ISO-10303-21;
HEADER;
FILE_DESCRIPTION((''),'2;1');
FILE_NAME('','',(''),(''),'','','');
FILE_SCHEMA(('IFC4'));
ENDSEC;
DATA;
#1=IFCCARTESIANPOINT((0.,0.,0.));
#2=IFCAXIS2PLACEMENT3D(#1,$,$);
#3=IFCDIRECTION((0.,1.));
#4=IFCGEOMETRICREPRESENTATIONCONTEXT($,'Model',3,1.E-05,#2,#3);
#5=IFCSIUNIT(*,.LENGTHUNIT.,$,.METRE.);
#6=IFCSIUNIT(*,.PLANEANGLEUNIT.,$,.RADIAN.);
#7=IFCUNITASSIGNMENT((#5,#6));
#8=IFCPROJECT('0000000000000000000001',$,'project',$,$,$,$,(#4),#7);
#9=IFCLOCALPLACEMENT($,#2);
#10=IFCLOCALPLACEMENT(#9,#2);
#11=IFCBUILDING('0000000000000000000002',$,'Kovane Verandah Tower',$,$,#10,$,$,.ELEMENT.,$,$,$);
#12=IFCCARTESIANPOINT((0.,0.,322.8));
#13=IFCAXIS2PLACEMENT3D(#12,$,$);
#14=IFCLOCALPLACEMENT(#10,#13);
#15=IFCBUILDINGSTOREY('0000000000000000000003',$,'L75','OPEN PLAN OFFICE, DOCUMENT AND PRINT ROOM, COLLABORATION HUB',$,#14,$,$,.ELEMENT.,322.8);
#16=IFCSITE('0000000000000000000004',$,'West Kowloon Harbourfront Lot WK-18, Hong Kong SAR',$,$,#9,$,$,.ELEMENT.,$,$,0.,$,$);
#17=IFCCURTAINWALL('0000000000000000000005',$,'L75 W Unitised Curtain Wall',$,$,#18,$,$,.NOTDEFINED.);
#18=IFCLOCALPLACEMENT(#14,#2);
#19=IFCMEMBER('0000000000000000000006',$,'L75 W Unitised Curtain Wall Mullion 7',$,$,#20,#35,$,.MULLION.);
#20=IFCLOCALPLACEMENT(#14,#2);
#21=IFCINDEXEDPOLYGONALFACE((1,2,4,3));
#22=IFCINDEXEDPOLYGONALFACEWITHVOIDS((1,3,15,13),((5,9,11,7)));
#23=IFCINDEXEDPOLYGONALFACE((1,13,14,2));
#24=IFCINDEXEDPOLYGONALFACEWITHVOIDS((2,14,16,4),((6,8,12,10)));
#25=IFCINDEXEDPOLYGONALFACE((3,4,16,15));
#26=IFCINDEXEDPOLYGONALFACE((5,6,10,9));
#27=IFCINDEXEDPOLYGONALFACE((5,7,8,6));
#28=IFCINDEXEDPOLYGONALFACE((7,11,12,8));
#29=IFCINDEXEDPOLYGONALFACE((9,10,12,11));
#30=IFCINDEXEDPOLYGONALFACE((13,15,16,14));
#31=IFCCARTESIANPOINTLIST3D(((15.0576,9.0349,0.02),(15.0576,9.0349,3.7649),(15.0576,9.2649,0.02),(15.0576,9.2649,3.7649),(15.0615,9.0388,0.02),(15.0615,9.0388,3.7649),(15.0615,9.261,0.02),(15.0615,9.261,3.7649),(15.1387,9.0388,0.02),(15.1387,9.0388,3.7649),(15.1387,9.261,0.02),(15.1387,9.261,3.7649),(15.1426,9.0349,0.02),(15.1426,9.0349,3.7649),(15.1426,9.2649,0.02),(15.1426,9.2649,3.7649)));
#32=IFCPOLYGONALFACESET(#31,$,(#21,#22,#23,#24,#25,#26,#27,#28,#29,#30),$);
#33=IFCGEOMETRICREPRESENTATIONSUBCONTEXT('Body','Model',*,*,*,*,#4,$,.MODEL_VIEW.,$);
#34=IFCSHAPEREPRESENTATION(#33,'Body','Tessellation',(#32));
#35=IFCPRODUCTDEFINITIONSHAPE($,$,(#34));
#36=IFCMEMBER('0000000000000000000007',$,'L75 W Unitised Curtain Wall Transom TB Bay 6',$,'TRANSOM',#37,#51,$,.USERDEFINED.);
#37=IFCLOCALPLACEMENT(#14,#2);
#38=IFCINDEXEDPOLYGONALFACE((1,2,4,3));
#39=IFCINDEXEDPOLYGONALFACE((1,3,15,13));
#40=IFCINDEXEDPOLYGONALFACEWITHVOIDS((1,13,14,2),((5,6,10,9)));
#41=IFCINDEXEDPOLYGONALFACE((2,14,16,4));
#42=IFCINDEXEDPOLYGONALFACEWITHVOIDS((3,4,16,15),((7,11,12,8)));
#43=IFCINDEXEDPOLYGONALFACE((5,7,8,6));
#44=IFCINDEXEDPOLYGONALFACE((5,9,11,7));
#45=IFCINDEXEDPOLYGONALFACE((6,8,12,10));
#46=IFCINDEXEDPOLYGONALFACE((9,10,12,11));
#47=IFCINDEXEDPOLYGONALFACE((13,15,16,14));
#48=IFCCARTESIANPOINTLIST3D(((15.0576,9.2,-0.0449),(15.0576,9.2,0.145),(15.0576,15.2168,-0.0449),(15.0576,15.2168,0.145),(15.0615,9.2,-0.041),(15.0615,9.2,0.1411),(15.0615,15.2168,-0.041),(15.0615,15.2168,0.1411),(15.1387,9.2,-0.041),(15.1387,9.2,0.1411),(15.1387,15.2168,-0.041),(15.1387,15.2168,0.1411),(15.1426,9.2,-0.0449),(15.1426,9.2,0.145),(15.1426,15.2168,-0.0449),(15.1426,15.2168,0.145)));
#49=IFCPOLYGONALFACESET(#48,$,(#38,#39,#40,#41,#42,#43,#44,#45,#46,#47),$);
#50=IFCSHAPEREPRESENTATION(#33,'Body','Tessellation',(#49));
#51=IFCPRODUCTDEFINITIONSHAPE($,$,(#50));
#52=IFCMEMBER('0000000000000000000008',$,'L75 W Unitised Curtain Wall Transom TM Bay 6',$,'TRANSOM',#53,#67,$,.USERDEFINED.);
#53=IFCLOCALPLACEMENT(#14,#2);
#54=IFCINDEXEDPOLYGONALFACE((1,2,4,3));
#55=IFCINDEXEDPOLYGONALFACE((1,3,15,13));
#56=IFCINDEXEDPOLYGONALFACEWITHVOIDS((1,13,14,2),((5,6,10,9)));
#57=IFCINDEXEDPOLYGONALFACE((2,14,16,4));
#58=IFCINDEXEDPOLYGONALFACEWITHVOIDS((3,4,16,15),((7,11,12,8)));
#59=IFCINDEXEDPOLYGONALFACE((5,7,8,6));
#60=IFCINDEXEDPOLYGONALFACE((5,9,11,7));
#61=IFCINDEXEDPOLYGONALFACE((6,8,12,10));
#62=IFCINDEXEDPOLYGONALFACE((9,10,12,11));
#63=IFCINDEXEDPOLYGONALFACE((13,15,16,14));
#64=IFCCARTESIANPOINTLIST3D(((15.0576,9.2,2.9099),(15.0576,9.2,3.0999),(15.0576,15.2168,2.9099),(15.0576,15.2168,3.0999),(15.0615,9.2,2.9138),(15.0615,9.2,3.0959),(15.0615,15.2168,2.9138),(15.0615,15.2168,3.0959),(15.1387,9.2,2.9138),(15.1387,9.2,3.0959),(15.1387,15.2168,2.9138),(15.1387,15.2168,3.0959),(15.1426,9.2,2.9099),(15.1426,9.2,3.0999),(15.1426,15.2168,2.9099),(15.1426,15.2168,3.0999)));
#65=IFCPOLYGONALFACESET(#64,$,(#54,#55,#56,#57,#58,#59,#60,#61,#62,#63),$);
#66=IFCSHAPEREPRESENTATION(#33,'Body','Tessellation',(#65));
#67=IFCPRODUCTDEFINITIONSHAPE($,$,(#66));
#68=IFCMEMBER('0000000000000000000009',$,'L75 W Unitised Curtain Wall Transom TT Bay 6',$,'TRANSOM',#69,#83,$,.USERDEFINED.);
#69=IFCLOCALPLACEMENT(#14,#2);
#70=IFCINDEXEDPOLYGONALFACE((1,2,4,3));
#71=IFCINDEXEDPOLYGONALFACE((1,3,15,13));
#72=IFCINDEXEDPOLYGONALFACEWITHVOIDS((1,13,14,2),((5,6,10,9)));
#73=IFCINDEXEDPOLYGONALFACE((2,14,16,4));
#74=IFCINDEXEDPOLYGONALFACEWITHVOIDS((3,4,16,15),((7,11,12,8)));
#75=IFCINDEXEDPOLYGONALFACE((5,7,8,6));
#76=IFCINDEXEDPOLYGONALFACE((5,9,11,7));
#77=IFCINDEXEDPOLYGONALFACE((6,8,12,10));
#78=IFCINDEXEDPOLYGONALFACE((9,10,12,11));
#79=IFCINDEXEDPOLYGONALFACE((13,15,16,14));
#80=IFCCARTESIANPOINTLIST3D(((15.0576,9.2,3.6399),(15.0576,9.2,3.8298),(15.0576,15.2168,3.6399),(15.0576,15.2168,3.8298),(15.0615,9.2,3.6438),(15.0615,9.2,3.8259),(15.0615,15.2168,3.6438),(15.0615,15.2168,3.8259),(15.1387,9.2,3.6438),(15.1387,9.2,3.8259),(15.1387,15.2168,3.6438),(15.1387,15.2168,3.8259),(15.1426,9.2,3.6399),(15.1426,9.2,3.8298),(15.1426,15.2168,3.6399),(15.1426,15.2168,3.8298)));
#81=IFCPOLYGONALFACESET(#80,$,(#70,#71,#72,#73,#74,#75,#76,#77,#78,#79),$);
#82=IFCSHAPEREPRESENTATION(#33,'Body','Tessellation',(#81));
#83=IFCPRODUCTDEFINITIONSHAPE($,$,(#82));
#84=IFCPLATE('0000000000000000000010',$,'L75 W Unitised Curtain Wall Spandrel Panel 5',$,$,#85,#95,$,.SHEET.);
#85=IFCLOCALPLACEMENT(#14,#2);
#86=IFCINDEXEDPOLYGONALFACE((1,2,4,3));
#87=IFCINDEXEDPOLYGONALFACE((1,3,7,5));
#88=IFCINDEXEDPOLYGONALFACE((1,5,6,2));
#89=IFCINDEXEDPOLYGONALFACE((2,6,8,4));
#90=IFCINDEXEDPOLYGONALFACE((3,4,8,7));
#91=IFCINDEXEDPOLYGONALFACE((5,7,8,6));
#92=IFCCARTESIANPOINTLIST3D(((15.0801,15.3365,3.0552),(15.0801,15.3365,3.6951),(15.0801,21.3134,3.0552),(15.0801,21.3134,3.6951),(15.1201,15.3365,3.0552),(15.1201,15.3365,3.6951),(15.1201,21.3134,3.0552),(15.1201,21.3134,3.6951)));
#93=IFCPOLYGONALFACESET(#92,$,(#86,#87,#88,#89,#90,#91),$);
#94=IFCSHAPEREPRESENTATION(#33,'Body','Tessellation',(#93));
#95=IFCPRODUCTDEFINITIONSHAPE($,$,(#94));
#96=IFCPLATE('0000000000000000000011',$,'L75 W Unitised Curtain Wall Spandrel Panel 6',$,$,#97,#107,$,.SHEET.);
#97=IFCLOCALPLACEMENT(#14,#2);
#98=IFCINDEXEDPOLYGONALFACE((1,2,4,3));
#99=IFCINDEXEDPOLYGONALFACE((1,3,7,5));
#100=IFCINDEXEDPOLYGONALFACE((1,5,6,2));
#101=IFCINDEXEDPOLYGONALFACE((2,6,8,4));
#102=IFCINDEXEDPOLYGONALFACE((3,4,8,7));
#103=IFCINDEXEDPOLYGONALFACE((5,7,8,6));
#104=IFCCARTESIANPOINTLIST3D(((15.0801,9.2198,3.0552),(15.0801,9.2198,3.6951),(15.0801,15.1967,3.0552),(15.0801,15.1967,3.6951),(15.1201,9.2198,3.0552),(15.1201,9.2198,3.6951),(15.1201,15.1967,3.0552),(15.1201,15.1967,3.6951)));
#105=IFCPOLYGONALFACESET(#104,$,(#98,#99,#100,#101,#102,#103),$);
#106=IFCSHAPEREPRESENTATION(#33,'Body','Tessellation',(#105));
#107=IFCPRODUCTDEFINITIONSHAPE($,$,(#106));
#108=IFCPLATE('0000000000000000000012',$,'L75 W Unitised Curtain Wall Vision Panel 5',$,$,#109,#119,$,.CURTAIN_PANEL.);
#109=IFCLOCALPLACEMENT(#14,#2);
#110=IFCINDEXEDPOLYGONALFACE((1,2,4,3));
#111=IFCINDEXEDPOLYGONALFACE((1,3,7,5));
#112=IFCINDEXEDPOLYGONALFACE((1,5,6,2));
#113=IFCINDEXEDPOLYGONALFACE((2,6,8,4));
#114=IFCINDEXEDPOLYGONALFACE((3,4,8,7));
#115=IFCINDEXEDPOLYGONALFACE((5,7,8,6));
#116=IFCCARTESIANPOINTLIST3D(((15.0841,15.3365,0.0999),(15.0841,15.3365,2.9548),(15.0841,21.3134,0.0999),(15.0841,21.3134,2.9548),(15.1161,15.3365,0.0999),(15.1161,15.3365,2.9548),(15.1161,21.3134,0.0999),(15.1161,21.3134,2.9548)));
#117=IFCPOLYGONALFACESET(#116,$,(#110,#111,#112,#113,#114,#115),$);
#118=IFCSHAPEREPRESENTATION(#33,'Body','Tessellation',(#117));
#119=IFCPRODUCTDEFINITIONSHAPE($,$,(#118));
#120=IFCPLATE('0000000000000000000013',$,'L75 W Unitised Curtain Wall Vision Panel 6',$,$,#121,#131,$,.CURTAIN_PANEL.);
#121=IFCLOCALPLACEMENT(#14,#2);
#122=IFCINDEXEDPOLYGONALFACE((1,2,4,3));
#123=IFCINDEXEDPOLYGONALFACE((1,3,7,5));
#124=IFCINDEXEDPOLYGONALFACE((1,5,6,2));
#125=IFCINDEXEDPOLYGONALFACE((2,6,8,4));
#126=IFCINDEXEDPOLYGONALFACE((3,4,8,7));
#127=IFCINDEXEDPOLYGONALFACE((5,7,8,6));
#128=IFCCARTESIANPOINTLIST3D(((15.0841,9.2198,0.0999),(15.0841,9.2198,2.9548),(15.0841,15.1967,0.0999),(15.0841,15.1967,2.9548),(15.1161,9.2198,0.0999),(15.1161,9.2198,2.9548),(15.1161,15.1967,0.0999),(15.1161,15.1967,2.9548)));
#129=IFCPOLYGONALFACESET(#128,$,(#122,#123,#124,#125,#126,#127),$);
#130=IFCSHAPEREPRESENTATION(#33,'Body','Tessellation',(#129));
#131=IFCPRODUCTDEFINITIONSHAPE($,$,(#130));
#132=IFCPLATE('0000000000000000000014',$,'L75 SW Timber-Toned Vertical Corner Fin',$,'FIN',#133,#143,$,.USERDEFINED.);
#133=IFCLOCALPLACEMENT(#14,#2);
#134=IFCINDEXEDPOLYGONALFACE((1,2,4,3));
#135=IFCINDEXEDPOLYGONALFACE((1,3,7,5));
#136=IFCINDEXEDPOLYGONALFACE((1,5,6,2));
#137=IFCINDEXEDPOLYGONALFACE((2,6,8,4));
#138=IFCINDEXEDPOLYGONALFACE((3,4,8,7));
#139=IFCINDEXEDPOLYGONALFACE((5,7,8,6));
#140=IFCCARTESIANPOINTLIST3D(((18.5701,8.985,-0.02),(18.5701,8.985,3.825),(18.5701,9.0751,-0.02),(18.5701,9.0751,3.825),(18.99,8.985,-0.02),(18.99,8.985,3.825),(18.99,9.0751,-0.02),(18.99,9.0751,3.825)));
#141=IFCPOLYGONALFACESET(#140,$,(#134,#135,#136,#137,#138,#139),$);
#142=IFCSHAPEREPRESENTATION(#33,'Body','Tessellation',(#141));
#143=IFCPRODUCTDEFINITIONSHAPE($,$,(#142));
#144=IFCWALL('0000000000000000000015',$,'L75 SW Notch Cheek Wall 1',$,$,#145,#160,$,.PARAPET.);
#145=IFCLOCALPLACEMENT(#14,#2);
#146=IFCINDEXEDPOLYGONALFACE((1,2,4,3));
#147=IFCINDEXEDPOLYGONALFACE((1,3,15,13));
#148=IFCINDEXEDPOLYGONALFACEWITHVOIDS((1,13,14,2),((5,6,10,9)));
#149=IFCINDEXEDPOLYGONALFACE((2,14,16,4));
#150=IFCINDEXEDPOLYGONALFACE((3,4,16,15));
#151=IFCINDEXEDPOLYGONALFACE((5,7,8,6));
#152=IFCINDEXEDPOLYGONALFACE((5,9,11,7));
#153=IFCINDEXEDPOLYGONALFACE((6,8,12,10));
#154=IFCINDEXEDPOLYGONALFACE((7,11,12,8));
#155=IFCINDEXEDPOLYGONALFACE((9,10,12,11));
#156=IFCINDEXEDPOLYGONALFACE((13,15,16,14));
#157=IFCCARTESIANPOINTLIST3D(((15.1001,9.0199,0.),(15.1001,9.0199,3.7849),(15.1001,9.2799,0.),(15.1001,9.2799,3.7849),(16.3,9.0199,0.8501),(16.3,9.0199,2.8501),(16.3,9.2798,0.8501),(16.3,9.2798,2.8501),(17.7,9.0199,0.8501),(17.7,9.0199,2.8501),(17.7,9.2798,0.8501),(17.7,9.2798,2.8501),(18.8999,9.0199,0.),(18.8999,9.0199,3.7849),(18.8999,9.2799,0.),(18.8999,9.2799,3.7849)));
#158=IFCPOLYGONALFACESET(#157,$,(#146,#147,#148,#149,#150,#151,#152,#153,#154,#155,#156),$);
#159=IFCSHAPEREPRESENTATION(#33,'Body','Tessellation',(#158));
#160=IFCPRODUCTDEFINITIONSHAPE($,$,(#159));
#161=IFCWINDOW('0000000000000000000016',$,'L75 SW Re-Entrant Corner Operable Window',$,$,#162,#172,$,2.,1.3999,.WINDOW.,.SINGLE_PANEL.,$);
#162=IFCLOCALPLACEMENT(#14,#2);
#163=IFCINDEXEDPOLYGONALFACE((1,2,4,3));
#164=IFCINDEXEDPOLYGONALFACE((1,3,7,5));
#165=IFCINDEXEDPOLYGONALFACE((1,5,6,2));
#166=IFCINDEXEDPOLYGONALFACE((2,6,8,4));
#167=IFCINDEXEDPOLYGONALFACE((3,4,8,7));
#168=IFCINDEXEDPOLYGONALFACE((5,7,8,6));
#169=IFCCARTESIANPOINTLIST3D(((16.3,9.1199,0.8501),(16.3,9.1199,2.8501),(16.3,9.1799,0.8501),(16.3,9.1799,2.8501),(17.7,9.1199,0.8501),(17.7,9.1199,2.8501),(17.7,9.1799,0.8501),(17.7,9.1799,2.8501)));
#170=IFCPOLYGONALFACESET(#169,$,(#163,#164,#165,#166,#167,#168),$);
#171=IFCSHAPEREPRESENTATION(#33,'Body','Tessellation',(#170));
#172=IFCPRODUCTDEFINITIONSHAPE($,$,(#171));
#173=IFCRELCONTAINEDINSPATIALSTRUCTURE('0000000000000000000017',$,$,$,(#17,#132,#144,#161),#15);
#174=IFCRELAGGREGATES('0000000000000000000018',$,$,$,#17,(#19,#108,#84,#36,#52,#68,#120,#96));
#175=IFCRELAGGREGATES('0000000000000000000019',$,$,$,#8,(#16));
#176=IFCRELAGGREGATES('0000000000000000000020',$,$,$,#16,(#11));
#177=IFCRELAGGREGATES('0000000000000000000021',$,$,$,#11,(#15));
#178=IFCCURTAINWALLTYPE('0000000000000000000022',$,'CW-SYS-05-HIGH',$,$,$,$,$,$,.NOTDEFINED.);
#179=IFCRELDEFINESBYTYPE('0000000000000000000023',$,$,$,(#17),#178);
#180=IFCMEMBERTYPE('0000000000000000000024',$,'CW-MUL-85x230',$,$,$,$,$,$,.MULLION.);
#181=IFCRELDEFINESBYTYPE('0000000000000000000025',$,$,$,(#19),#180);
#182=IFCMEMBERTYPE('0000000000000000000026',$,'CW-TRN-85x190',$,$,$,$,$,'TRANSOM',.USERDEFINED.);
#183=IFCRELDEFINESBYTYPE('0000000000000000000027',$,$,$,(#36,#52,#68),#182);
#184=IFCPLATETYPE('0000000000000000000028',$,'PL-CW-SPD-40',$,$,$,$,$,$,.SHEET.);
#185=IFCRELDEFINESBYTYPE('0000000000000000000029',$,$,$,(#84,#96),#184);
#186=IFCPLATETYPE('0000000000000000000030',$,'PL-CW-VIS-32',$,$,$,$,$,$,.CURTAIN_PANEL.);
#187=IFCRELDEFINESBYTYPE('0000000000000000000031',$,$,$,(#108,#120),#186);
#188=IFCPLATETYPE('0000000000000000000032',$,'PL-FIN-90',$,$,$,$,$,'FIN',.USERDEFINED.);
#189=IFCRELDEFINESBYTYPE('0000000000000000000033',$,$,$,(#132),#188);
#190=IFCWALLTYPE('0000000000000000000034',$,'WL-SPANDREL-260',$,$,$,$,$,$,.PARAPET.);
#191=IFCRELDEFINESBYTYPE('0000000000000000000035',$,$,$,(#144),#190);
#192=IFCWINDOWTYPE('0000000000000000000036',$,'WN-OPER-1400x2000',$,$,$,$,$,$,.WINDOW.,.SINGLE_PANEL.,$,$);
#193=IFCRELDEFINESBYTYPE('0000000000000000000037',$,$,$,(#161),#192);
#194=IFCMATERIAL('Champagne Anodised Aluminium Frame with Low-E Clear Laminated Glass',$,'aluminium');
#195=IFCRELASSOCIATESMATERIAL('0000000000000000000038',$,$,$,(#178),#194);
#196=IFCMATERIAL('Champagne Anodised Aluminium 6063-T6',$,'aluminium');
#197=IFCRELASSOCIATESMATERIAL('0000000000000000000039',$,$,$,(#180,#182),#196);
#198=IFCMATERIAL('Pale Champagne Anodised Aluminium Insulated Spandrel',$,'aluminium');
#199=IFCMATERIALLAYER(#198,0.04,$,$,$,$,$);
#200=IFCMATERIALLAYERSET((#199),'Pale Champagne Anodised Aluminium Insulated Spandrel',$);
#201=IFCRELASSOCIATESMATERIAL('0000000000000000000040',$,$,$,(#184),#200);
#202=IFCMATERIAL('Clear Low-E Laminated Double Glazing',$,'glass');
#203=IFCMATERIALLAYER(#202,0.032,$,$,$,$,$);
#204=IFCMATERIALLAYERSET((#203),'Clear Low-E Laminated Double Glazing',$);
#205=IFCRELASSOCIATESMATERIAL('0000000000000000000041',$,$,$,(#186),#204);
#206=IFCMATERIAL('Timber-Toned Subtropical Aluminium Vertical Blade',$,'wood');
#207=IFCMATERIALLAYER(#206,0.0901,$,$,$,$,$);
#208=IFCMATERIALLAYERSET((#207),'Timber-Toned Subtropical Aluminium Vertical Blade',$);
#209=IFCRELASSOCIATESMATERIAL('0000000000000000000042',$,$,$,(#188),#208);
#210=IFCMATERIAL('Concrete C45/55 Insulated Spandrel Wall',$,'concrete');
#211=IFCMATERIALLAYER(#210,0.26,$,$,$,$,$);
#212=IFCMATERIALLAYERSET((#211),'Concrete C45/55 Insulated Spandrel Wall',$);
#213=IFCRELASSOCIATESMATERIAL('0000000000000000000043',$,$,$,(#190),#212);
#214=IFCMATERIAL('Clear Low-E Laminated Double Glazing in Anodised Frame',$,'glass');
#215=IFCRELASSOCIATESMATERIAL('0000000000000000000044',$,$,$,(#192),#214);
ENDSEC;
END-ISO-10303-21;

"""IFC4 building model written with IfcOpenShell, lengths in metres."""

from ifc_helpers import new_model, si_unit, direction, frame, frame_2d, origin, origin_2d, place, context, subcontext, project, spatial, rectangle, hollow_rectangle, extrude, material, layer, layer_set, material_profile, profile_set, type_object, element, fill, aggregate, save


model = new_model("IFC4")

# Units and contexts
model_context = context("Model", 3, precision=1e-05, world=origin(), true_north=direction((0.0, 1.0)))
body_context = subcontext(model_context, "Body", "Model", "MODEL_VIEW")
ifc_project = project(units=[si_unit("LENGTHUNIT", "METRE"), si_unit("PLANEANGLEUNIT", "RADIAN")], contexts=[model_context])

# Site, building, storey
site_placement = place(None, origin())
site = spatial("IfcSite", under=ifc_project, at=site_placement, Name="West Kowloon Harbourfront Lot WK-18, Hong Kong SAR", CompositionType="ELEMENT", RefElevation=0.0)
building_placement = place(site_placement, origin())
building = spatial("IfcBuilding", under=site, at=building_placement, Name="Kovane Verandah Tower", CompositionType="ELEMENT")
storey_placement = place(building_placement, frame((0.0, 0.0, 322.8)))
storey = spatial("IfcBuildingStorey", under=building, at=storey_placement, Name="L75", Description="OPEN PLAN OFFICE, DOCUMENT AND PRINT ROOM, COLLABORATION HUB", CompositionType="ELEMENT", Elevation=322.8)

# Curtain wall, members, plates
ifc_material_1 = material(Name="Champagne Anodised Aluminium Frame with Low-E Clear Laminated Glass", Category="aluminium")
curtain_wall_type = type_object("IfcCurtainWallType", Name="CW-SYS-05-HIGH", PredefinedType="NOTDEFINED", material=ifc_material_1)
curtain_wall_placement = place(storey_placement, origin())
curtain_wall = element("IfcCurtainWall", 1, at=curtain_wall_placement, inside=storey, type_object=curtain_wall_type, Name="L75 W Unitised Curtain Wall", PredefinedType="NOTDEFINED")
ifc_material_2 = material(Name="Champagne Anodised Aluminium 6063-T6", Category="aluminium")
ifc_material_profile_1 = material_profile(ifc_material_2, hollow_rectangle(XDim=0.085, YDim=0.23, WallThickness=0.0039, at=origin_2d()), Name="AL85x230x4")
ifc_profile_set_1 = profile_set([ifc_material_profile_1], Name="Champagne Anodised Aluminium 6063-T6")
member_type_1 = type_object("IfcMemberType", Name="CW-MUL-85x230", PredefinedType="MULLION", material=ifc_profile_set_1)
member_1_placement = place(storey_placement, frame((15.1001, 9.1499, 0.02), z_axis=(0.0, 0.0, 1.0), x_axis=(-1.0, 0.0, 0.0)))
member_1 = element("IfcMember", 2, at=member_1_placement, type_object=member_type_1, Name="L75 W Unitised Curtain Wall Mullion 7", PredefinedType="MULLION", context=body_context, shape_type="SweptSolid", body=[
    extrude(hollow_rectangle(XDim=0.085, YDim=0.23, WallThickness=0.0039, at=origin_2d()), origin(), (0.0, 0.0, 1.0), 3.7449),
])
ifc_material_profile_2 = material_profile(ifc_material_2, hollow_rectangle(XDim=0.085, YDim=0.1899, WallThickness=0.0039, at=origin_2d()), Name="AL85x190x4")
ifc_profile_set_2 = profile_set([ifc_material_profile_2], Name="Champagne Anodised Aluminium 6063-T6")
member_type_2 = type_object("IfcMemberType", Name="CW-TRN-85x190", ElementType="TRANSOM", PredefinedType="USERDEFINED", material=ifc_profile_set_2)
member_2_placement = place(storey_placement, frame((15.1001, 15.2168, 0.05), z_axis=(0.0, -1.0, 0.0), x_axis=(1.0, 0.0, 0.0)))
member_2 = element("IfcMember", 3, at=member_2_placement, type_object=member_type_2, Name="L75 W Unitised Curtain Wall Transom TB Bay 6", ObjectType="TRANSOM", PredefinedType="USERDEFINED", context=body_context, shape_type="SweptSolid", body=[
    extrude(hollow_rectangle(XDim=0.085, YDim=0.1899, WallThickness=0.0039, at=origin_2d()), origin(), (0.0, 0.0, 1.0), 6.0168),
])
member_3_placement = place(storey_placement, frame((15.1001, 15.2168, 3.0049), z_axis=(0.0, -1.0, 0.0), x_axis=(1.0, 0.0, 0.0)))
member_3 = element("IfcMember", 4, at=member_3_placement, type_object=member_type_2, Name="L75 W Unitised Curtain Wall Transom TM Bay 6", ObjectType="TRANSOM", PredefinedType="USERDEFINED", context=body_context, shape_type="SweptSolid", body=[
    extrude(hollow_rectangle(XDim=0.085, YDim=0.1899, WallThickness=0.0039, at=origin_2d()), origin(), (0.0, 0.0, 1.0), 6.0168),
])
member_4_placement = place(storey_placement, frame((15.1001, 15.2168, 3.7349), z_axis=(0.0, -1.0, 0.0), x_axis=(1.0, 0.0, 0.0)))
member_4 = element("IfcMember", 5, at=member_4_placement, type_object=member_type_2, Name="L75 W Unitised Curtain Wall Transom TT Bay 6", ObjectType="TRANSOM", PredefinedType="USERDEFINED", context=body_context, shape_type="SweptSolid", body=[
    extrude(hollow_rectangle(XDim=0.085, YDim=0.1899, WallThickness=0.0039, at=origin_2d()), origin(), (0.0, 0.0, 1.0), 6.0168),
])
ifc_material_3 = material(Name="Pale Champagne Anodised Aluminium Insulated Spandrel", Category="aluminium")
ifc_layer_1 = layer(ifc_material_3, 0.04)
ifc_layer_set_1 = layer_set([ifc_layer_1], Name="Pale Champagne Anodised Aluminium Insulated Spandrel")
plate_type_1 = type_object("IfcPlateType", Name="PL-CW-SPD-40", PredefinedType="SHEET", material=ifc_layer_set_1)
plate_1_placement = place(storey_placement, frame((15.1001, 18.325, 3.0552), z_axis=(0.0, 0.0, 1.0), x_axis=(0.0, -1.0, 0.0)))
plate_1 = element("IfcPlate", 6, at=plate_1_placement, type_object=plate_type_1, Name="L75 W Unitised Curtain Wall Spandrel Panel 5", PredefinedType="SHEET", context=body_context, shape_type="SweptSolid", body=[
    extrude(rectangle(XDim=5.9768, YDim=0.04, at=origin_2d()), origin(), (0.0, 0.0, 1.0), 0.6399),
])
plate_2_placement = place(storey_placement, frame((15.1001, 12.2083, 3.0552), z_axis=(0.0, 0.0, 1.0), x_axis=(0.0, -1.0, 0.0)))
plate_2 = element("IfcPlate", 7, at=plate_2_placement, type_object=plate_type_1, Name="L75 W Unitised Curtain Wall Spandrel Panel 6", PredefinedType="SHEET", context=body_context, shape_type="SweptSolid", body=[
    extrude(rectangle(XDim=5.9768, YDim=0.04, at=origin_2d()), origin(), (0.0, 0.0, 1.0), 0.6399),
])
ifc_material_4 = material(Name="Clear Low-E Laminated Double Glazing", Category="glass")
ifc_layer_2 = layer(ifc_material_4, 0.032)
ifc_layer_set_2 = layer_set([ifc_layer_2], Name="Clear Low-E Laminated Double Glazing")
plate_type_2 = type_object("IfcPlateType", Name="PL-CW-VIS-32", PredefinedType="CURTAIN_PANEL", material=ifc_layer_set_2)
plate_3_placement = place(storey_placement, frame((15.1001, 18.325, 0.0999), z_axis=(0.0, 0.0, 1.0), x_axis=(0.0, -1.0, 0.0)))
plate_3 = element("IfcPlate", 8, at=plate_3_placement, type_object=plate_type_2, Name="L75 W Unitised Curtain Wall Vision Panel 5", PredefinedType="CURTAIN_PANEL", context=body_context, shape_type="SweptSolid", body=[
    extrude(rectangle(XDim=5.9768, YDim=0.032, at=origin_2d()), origin(), (0.0, 0.0, 1.0), 2.855),
])
plate_4_placement = place(storey_placement, frame((15.1001, 12.2083, 0.0999), z_axis=(0.0, 0.0, 1.0), x_axis=(0.0, -1.0, 0.0)))
plate_4 = element("IfcPlate", 9, at=plate_4_placement, type_object=plate_type_2, Name="L75 W Unitised Curtain Wall Vision Panel 6", PredefinedType="CURTAIN_PANEL", context=body_context, shape_type="SweptSolid", body=[
    extrude(rectangle(XDim=5.9768, YDim=0.032, at=origin_2d()), origin(), (0.0, 0.0, 1.0), 2.855),
])
aggregate(curtain_wall, [member_1, plate_3, plate_1, member_2, member_3, member_4, plate_4, plate_2])

# Plate
ifc_material_5 = material(Name="Timber-Toned Subtropical Aluminium Vertical Blade", Category="wood")
ifc_layer_3 = layer(ifc_material_5, 0.0901)
ifc_layer_set_3 = layer_set([ifc_layer_3], Name="Timber-Toned Subtropical Aluminium Vertical Blade")
plate_type_3 = type_object("IfcPlateType", Name="PL-FIN-90", ElementType="FIN", PredefinedType="USERDEFINED", material=ifc_layer_set_3)
plate_5_placement = place(storey_placement, frame((18.78, 9.03, -0.02), z_axis=(0.0, 0.0, 1.0), x_axis=(1.0, 0.0, 0.0)))
element("IfcPlate", 10, at=plate_5_placement, inside=storey, type_object=plate_type_3, Name="L75 SW Timber-Toned Vertical Corner Fin", ObjectType="FIN", PredefinedType="USERDEFINED", context=body_context, shape_type="SweptSolid", body=[
    extrude(rectangle(XDim=0.4199, YDim=0.0901, at=origin_2d()), origin(), (0.0, 0.0, 1.0), 3.845),
])

# Shared definitions
ifc_material_6 = material(Name="Concrete C45/55 Insulated Spandrel Wall", Category="concrete")
ifc_layer_4 = layer(ifc_material_6, 0.26)
ifc_layer_set_4 = layer_set([ifc_layer_4], Name="Concrete C45/55 Insulated Spandrel Wall")
wall_type = type_object("IfcWallType", Name="WL-SPANDREL-260", PredefinedType="PARAPET", material=ifc_layer_set_4)
ifc_material_7 = material(Name="Clear Low-E Laminated Double Glazing in Anodised Frame", Category="glass")

# Wall, opening, window
wall_1_placement = place(storey_placement, frame((15.1001, 9.1499, 0.0), z_axis=(0.0, 0.0, 1.0), x_axis=(1.0, 0.0, 0.0)))
wall_1 = element("IfcWall", 11, at=wall_1_placement, inside=storey, type_object=wall_type, Name="L75 SW Notch Cheek Wall 1", PredefinedType="PARAPET", context=body_context, shape_type="SweptSolid", body=[
    extrude(rectangle(XDim=3.7998, YDim=0.26, at=frame_2d((1.8999, 0.0))), origin(), (0.0, 0.0, 1.0), 3.7849),
])
opening_1_placement = place(wall_1_placement, frame((1.2, 0.0, 0.8501)))
opening_1 = element("IfcOpeningElement", 12, at=opening_1_placement, cuts=wall_1, PredefinedType="OPENING", context=body_context, shape_type="SweptSolid", body=[
    extrude(rectangle(XDim=1.3999, YDim=2.0, at=frame_2d((0.7, 1.0))), frame((0.0, 0.1299, 0.0), z_axis=(0.0, -1.0, 0.0), x_axis=(1.0, 0.0, 0.0)), (0.0, 0.0, 1.0), 0.26),
])
window_type_1 = type_object("IfcWindowType", Name="WN-OPER-1400x2000", PartitioningType="SINGLE_PANEL", PredefinedType="WINDOW", material=ifc_material_7)
window_1_placement = place(opening_1_placement, origin())
window_1 = element("IfcWindow", 13, at=window_1_placement, inside=storey, type_object=window_type_1, Name="L75 SW Re-Entrant Corner Operable Window", OverallHeight=2.0, OverallWidth=1.3999, PartitioningType="SINGLE_PANEL", PredefinedType="WINDOW", context=body_context, shape_type="SweptSolid", body=[
    extrude(rectangle(XDim=1.3999, YDim=2.0, at=frame_2d((0.7, 1.0))), frame((0.0, 0.03, 0.0), z_axis=(0.0, -1.0, 0.0), x_axis=(1.0, 0.0, 0.0)), (0.0, 0.0, 1.0), 0.0601),
])
fill(opening_1, window_1)

save(model, "model.ifc")
